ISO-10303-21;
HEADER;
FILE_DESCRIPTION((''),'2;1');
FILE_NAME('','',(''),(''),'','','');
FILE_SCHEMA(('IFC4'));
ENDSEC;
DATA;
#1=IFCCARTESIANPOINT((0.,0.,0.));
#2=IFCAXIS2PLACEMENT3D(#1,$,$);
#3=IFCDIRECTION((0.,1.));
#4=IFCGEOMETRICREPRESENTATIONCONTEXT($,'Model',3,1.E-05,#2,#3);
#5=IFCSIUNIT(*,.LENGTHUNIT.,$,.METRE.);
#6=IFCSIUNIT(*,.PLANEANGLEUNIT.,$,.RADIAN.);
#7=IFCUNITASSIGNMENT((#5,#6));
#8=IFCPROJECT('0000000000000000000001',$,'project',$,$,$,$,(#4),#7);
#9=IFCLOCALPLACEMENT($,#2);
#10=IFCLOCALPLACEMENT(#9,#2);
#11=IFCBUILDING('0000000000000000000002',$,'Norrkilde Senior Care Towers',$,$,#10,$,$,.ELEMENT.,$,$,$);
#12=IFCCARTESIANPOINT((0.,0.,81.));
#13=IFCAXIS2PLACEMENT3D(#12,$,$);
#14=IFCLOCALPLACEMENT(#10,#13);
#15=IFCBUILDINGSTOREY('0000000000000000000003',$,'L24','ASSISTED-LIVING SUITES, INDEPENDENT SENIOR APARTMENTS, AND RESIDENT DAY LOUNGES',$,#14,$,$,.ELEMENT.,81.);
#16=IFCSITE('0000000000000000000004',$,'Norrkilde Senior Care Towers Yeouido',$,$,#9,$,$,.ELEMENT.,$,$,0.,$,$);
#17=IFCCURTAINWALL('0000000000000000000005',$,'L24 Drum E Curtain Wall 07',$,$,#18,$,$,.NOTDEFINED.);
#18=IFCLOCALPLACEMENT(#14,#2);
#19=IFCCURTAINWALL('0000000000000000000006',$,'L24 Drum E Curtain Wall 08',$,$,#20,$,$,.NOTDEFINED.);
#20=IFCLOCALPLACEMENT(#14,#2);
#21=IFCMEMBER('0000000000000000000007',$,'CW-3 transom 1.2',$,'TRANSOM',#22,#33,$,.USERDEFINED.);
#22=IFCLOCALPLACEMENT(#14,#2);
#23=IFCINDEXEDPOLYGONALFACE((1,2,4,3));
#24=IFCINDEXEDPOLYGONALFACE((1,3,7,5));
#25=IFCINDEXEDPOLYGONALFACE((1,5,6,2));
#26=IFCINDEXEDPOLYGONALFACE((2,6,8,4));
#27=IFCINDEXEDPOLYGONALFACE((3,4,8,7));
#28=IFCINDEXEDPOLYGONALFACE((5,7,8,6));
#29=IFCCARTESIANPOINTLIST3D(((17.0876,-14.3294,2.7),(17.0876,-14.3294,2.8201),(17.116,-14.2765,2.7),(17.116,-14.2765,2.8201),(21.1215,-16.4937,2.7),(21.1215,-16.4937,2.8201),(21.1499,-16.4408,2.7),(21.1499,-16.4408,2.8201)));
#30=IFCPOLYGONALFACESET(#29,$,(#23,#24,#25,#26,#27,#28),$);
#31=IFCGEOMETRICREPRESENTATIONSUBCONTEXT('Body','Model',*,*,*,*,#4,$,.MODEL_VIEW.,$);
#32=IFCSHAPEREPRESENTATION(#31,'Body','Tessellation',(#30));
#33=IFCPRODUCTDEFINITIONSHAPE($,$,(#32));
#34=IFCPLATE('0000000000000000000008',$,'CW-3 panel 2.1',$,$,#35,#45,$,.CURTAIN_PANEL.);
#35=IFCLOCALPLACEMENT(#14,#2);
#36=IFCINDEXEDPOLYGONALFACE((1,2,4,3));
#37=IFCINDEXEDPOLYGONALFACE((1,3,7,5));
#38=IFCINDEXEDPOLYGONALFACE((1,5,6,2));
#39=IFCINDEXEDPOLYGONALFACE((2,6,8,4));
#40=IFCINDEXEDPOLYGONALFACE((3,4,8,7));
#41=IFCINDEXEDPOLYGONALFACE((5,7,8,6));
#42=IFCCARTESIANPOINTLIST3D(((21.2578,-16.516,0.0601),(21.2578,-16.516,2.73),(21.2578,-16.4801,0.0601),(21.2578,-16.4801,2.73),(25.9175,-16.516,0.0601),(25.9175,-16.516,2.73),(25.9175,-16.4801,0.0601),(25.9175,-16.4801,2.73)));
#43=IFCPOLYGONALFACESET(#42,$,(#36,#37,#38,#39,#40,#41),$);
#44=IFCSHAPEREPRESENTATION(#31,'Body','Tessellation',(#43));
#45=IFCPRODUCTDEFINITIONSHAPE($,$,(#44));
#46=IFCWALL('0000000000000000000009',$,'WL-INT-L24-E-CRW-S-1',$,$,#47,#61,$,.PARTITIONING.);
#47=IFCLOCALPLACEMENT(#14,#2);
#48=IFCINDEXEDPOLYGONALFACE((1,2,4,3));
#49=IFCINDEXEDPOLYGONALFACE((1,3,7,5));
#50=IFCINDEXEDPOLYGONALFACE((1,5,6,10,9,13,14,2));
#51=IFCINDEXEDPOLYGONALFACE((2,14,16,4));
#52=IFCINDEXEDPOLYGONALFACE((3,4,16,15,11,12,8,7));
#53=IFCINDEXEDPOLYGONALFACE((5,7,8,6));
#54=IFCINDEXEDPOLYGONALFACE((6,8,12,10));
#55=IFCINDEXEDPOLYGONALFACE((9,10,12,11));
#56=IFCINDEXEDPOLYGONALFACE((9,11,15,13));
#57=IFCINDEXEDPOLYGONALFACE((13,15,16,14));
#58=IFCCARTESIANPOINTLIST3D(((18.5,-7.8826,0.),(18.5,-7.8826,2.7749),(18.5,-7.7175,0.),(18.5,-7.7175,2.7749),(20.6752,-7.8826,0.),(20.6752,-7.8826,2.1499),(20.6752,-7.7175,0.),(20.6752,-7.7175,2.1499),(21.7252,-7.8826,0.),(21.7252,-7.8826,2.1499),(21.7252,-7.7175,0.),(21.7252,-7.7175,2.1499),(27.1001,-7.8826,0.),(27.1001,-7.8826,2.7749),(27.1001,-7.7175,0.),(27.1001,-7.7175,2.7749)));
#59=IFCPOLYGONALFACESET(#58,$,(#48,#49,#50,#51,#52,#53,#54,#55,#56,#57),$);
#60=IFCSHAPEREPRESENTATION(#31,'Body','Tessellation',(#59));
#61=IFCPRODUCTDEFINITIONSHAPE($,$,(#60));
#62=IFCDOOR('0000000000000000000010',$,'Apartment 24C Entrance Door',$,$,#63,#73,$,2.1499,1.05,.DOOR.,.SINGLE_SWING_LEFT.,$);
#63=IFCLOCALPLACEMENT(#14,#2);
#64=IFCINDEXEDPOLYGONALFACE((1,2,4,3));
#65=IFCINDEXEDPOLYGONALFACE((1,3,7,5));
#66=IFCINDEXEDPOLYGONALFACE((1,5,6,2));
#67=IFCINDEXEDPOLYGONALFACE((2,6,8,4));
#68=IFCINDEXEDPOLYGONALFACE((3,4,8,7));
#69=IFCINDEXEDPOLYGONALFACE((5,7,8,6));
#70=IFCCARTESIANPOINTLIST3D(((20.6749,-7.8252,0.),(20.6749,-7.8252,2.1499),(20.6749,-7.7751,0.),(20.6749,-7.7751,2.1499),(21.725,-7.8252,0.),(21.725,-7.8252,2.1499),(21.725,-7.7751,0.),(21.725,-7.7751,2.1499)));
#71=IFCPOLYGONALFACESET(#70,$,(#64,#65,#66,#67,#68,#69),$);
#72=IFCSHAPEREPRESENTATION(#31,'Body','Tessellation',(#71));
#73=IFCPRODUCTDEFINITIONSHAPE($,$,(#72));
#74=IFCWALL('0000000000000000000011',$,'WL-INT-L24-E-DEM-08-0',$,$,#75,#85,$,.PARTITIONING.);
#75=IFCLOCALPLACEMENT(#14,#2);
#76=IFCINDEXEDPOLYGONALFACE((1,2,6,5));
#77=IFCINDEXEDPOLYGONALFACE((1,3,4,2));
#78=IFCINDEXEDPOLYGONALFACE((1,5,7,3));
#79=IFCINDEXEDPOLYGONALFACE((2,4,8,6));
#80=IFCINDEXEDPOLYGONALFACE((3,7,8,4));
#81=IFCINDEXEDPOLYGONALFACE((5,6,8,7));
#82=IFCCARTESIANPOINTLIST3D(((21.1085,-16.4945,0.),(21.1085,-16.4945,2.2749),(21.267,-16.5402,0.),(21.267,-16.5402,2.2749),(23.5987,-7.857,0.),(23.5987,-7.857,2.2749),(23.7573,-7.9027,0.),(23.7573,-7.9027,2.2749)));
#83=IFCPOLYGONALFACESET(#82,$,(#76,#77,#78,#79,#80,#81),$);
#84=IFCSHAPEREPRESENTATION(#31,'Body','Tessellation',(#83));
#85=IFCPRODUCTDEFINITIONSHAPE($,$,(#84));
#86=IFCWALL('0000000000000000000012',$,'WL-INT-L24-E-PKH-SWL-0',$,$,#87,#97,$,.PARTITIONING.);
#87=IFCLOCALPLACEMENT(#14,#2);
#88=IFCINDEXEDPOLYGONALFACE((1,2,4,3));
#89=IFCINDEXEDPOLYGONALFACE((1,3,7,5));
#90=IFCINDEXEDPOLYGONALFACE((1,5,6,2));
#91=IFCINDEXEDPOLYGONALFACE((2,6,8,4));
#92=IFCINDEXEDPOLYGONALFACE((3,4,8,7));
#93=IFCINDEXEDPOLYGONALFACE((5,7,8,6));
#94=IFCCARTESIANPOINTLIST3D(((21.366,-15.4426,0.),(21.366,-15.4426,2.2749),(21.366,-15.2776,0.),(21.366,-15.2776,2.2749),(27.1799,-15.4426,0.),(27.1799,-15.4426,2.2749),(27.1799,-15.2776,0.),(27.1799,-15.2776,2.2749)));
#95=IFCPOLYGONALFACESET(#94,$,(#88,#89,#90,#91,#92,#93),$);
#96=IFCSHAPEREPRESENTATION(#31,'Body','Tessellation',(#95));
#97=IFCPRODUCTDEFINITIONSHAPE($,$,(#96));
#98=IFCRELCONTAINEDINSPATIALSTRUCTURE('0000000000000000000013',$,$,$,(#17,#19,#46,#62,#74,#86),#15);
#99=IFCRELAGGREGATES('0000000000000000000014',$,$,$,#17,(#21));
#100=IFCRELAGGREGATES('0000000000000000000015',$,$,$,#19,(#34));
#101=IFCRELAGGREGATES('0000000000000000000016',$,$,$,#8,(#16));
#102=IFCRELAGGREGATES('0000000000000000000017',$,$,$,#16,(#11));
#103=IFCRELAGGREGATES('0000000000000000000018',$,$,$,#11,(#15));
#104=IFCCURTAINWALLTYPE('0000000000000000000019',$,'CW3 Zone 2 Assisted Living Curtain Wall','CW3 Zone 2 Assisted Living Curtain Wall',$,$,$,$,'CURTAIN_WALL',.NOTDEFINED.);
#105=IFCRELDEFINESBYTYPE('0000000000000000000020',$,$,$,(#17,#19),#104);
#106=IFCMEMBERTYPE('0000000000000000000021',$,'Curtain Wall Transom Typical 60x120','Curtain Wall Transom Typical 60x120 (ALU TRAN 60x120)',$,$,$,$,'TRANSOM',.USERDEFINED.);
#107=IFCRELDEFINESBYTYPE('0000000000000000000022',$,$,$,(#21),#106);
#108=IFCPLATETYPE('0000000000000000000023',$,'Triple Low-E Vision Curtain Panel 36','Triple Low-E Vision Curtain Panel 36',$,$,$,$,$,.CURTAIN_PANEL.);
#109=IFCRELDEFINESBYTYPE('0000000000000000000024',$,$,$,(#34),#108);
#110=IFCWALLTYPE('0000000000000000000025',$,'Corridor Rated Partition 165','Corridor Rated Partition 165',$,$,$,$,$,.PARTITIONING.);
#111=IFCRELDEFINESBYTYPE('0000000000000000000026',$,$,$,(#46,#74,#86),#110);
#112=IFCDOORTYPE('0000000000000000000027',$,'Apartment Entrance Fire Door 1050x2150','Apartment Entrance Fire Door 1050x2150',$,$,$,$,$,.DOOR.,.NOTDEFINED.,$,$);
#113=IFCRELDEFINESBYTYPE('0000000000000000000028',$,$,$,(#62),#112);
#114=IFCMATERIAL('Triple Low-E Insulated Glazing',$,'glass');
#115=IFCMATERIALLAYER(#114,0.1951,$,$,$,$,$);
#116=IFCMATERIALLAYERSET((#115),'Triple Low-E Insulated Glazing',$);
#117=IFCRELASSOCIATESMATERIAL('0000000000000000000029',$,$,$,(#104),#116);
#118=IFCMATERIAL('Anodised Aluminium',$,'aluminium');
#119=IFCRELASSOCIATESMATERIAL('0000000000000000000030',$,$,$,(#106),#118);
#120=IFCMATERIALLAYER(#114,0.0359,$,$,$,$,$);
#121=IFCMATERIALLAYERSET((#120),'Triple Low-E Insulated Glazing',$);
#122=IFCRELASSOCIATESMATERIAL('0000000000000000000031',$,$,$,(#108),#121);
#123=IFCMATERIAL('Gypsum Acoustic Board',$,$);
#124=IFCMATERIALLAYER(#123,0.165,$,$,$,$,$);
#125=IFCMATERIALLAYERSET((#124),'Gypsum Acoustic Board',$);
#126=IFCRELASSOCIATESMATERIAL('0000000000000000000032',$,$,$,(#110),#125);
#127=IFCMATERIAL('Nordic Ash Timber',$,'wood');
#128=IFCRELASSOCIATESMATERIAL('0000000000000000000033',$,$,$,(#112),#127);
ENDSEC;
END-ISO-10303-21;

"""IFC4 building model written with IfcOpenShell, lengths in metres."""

from ifc_helpers import new_model, si_unit, direction, frame, frame_2d, origin, origin_2d, place, context, subcontext, project, spatial, rectangle, extrude, source, transform, mapped, material, layer, layer_set, material_profile, profile_set, type_object, type_shapes, element, fill, aggregate, save


model = new_model("IFC4")

# Units and contexts
model_context = context("Model", 3, precision=1e-05, world=origin(), true_north=direction((0.0, 1.0)))
body_context = subcontext(model_context, "Body", "Model", "MODEL_VIEW")
ifc_project = project(units=[si_unit("LENGTHUNIT", "METRE"), si_unit("PLANEANGLEUNIT", "RADIAN")], contexts=[model_context])

# Site, building, storey
site_placement = place(None, origin())
site = spatial("IfcSite", under=ifc_project, at=site_placement, Name="Norrkilde Senior Care Towers Yeouido", CompositionType="ELEMENT", RefElevation=0.0)
building_placement = place(site_placement, origin())
building = spatial("IfcBuilding", under=site, at=building_placement, Name="Norrkilde Senior Care Towers", CompositionType="ELEMENT")
storey_placement = place(building_placement, frame((0.0, 0.0, 81.0)))
storey = spatial("IfcBuildingStorey", under=building, at=storey_placement, Name="L24", Description="ASSISTED-LIVING SUITES, INDEPENDENT SENIOR APARTMENTS, AND RESIDENT DAY LOUNGES", CompositionType="ELEMENT", Elevation=81.0)

# Curtain wall
ifc_material_1 = material(Name="Triple Low-E Insulated Glazing", Category="glass")
ifc_layer_1 = layer(ifc_material_1, 0.1951)
ifc_layer_set_1 = layer_set([ifc_layer_1], Name="Triple Low-E Insulated Glazing")
curtain_wall_type = type_object("IfcCurtainWallType", Name="CW3 Zone 2 Assisted Living Curtain Wall", Description="CW3 Zone 2 Assisted Living Curtain Wall", ElementType="CURTAIN_WALL", PredefinedType="NOTDEFINED", material=ifc_layer_set_1)
curtain_wall_1_placement = place(storey_placement, origin())
curtain_wall_1 = element("IfcCurtainWall", 1, at=curtain_wall_1_placement, inside=storey, type_object=curtain_wall_type, Name="L24 Drum E Curtain Wall 07", PredefinedType="NOTDEFINED")
ifc_material_2 = material(Name="Anodised Aluminium", Category="aluminium")

# Curtain wall
curtain_wall_2_placement = place(storey_placement, origin())
curtain_wall_2 = element("IfcCurtainWall", 2, at=curtain_wall_2_placement, inside=storey, type_object=curtain_wall_type, Name="L24 Drum E Curtain Wall 08", PredefinedType="NOTDEFINED")
ifc_material_profile_1 = material_profile(ifc_material_2, rectangle(XDim=0.0601, YDim=0.1201, at=origin_2d()), Name="ALU TRAN 60x120")
ifc_profile_set_1 = profile_set([ifc_material_profile_1], Name="Anodised Aluminium")
member_type_1 = type_object("IfcMemberType", Name="Curtain Wall Transom Typical 60x120", Description="Curtain Wall Transom Typical 60x120 (ALU TRAN 60x120)", ElementType="TRANSOM", PredefinedType="USERDEFINED", material=ifc_profile_set_1)

# Member
shared_shape_1 = source(origin(), body_context, "Body", "SweptSolid", [
    extrude(rectangle(XDim=0.0601, YDim=0.1201, at=origin_2d()), origin(), (0.0, 0.0, 1.0), 4.5779),
])
member_1_placement = place(storey_placement, frame((21.1357, -16.4673, 2.76), z_axis=(-0.881182, 0.472776, 0.0), x_axis=(-0.472776, -0.881182, 0.0)))
member_1 = element("IfcMember", 3, at=member_1_placement, type_object=member_type_1, Name="CW-3 transom 1.2", ObjectType="TRANSOM", PredefinedType="USERDEFINED", context=body_context, shape_type="MappedRepresentation", body=[
    mapped(shared_shape_1, transform((0.0, 0.0, 0.0), x_axis=(1.0, 0.0, 0.0), y_axis=(0.0, 1.0, 0.0), z_axis=(0.0, 0.0, 1.0), scale=1.0)),
])
aggregate(curtain_wall_1, [member_1])

# Plate
ifc_layer_2 = layer(ifc_material_1, 0.0359)
ifc_layer_set_2 = layer_set([ifc_layer_2], Name="Triple Low-E Insulated Glazing")
plate_type = type_object("IfcPlateType", Name="Triple Low-E Vision Curtain Panel 36", Description="Triple Low-E Vision Curtain Panel 36", PredefinedType="CURTAIN_PANEL", material=ifc_layer_set_2)
shared_shape_2 = source(origin(), body_context, "Body", "SweptSolid", [
    extrude(rectangle(XDim=4.6597, YDim=0.0359, at=origin_2d()), origin(), (0.0, 0.0, 1.0), 2.6699),
])
type_shapes(plate_type, [shared_shape_2])
plate_placement = place(storey_placement, frame((23.5876, -16.498, 0.0601), z_axis=(0.0, 0.0, 1.0), x_axis=(-1.0, 0.0, 0.0)))
plate = element("IfcPlate", 4, at=plate_placement, type_object=plate_type, Name="CW-3 panel 2.1", PredefinedType="CURTAIN_PANEL", context=body_context, shape_type="MappedRepresentation", body=[
    mapped(shared_shape_2, transform((0.0, 0.0, 0.0), x_axis=(1.0, 0.0, 0.0), y_axis=(0.0, 1.0, 0.0), z_axis=(0.0, 0.0, 1.0), scale=1.0)),
])
aggregate(curtain_wall_2, [plate])

# Wall, opening, door
ifc_material_3 = material(Name="Gypsum Acoustic Board")
ifc_layer_3 = layer(ifc_material_3, 0.165)
ifc_layer_set_3 = layer_set([ifc_layer_3], Name="Gypsum Acoustic Board")
wall_type = type_object("IfcWallType", Name="Corridor Rated Partition 165", Description="Corridor Rated Partition 165", PredefinedType="PARTITIONING", material=ifc_layer_set_3)
shared_shape_3 = source(origin(), body_context, "Body", "SweptSolid", [
    extrude(rectangle(XDim=8.6001, YDim=0.165, at=frame_2d((4.3, 0.0))), origin(), (0.0, 0.0, 1.0), 2.7749),
])
wall_1_placement = place(storey_placement, frame((27.1001, -7.8, 0.0), z_axis=(0.0, 0.0, 1.0), x_axis=(-1.0, 0.0, 0.0)))
wall_1 = element("IfcWall", 5, at=wall_1_placement, inside=storey, type_object=wall_type, Name="WL-INT-L24-E-CRW-S-1", PredefinedType="PARTITIONING", context=body_context, shape_type="MappedRepresentation", body=[
    mapped(shared_shape_3, transform((0.0, 0.0, 0.0), x_axis=(1.0, 0.0, 0.0), y_axis=(0.0, 1.0, 0.0), z_axis=(0.0, 0.0, 1.0), scale=1.0)),
])
opening_placement = place(wall_1_placement, frame((5.375, 0.0, 0.0)))
opening = element("IfcOpeningElement", 6, at=opening_placement, cuts=wall_1, PredefinedType="OPENING", context=body_context, shape_type="SweptSolid", body=[
    extrude(rectangle(XDim=1.05, YDim=2.1499, at=frame_2d((0.5249, 1.075))), frame((0.0, 0.0925, 0.0), z_axis=(0.0, -1.0, 0.0), x_axis=(1.0, 0.0, 0.0)), (0.0, 0.0, 1.0), 0.1851),
])
ifc_material_4 = material(Name="Nordic Ash Timber", Category="wood")
door_type = type_object("IfcDoorType", Name="Apartment Entrance Fire Door 1050x2150", Description="Apartment Entrance Fire Door 1050x2150", OperationType="NOTDEFINED", PredefinedType="DOOR", material=ifc_material_4)
shared_shape_4 = source(origin(), body_context, "Body", "SweptSolid", [
    extrude(rectangle(XDim=1.05, YDim=2.1499, at=frame_2d((0.5249, 1.075))), frame((0.0, 0.0249, 0.0), z_axis=(0.0, -1.0, 0.0), x_axis=(1.0, 0.0, 0.0)), (0.0, 0.0, 1.0), 0.05),
])
type_shapes(door_type, [shared_shape_4])
door_placement = place(opening_placement, frame((1.05, 0.0, 0.0), z_axis=(0.0, 0.0, 1.0), x_axis=(-1.0, 0.0, 0.0)))
door = element("IfcDoor", 7, at=door_placement, inside=storey, type_object=door_type, Name="Apartment 24C Entrance Door", OperationType="SINGLE_SWING_LEFT", OverallHeight=2.1499, OverallWidth=1.05, PredefinedType="DOOR", context=body_context, shape_type="MappedRepresentation", body=[
    mapped(shared_shape_4, transform((0.0, 0.0, 0.0), x_axis=(1.0, 0.0, 0.0), y_axis=(0.0, 1.0, 0.0), z_axis=(0.0, 0.0, 1.0), scale=1.0)),
])
fill(opening, door)

# Walls
shared_shape_5 = source(origin(), body_context, "Body", "SweptSolid", [
    extrude(rectangle(XDim=8.9893, YDim=0.165, at=frame_2d((4.4946, 0.0))), origin(), (0.0, 0.0, 1.0), 2.2749),
])
wall_2_placement = place(storey_placement, frame((23.678, -7.8799, 0.0), z_axis=(0.0, 0.0, 1.0), x_axis=(-0.277023, -0.960863, 0.0)))
element("IfcWall", 8, at=wall_2_placement, inside=storey, type_object=wall_type, Name="WL-INT-L24-E-DEM-08-0", PredefinedType="PARTITIONING", context=body_context, shape_type="MappedRepresentation", body=[
    mapped(shared_shape_5, transform((0.0, 0.0, 0.0), x_axis=(1.0, 0.0, 0.0), y_axis=(0.0, 1.0, 0.0), z_axis=(0.0, 0.0, 1.0), scale=1.0)),
])
shared_shape_6 = source(origin(), body_context, "Body", "SweptSolid", [
    extrude(rectangle(XDim=5.814, YDim=0.165, at=frame_2d((2.907, 0.0))), origin(), (0.0, 0.0, 1.0), 2.2749),
])
type_shapes(wall_type, [shared_shape_3, shared_shape_5, shared_shape_6])
wall_3_placement = place(storey_placement, frame((21.366, -15.3601, 0.0), z_axis=(0.0, 0.0, 1.0), x_axis=(1.0, 0.0, 0.0)))
element("IfcWall", 9, at=wall_3_placement, inside=storey, type_object=wall_type, Name="WL-INT-L24-E-PKH-SWL-0", PredefinedType="PARTITIONING", context=body_context, shape_type="MappedRepresentation", body=[
    mapped(shared_shape_6, transform((0.0, 0.0, 0.0), x_axis=(1.0, 0.0, 0.0), y_axis=(0.0, 1.0, 0.0), z_axis=(0.0, 0.0, 1.0), scale=1.0)),
])

save(model, "model.ifc")
